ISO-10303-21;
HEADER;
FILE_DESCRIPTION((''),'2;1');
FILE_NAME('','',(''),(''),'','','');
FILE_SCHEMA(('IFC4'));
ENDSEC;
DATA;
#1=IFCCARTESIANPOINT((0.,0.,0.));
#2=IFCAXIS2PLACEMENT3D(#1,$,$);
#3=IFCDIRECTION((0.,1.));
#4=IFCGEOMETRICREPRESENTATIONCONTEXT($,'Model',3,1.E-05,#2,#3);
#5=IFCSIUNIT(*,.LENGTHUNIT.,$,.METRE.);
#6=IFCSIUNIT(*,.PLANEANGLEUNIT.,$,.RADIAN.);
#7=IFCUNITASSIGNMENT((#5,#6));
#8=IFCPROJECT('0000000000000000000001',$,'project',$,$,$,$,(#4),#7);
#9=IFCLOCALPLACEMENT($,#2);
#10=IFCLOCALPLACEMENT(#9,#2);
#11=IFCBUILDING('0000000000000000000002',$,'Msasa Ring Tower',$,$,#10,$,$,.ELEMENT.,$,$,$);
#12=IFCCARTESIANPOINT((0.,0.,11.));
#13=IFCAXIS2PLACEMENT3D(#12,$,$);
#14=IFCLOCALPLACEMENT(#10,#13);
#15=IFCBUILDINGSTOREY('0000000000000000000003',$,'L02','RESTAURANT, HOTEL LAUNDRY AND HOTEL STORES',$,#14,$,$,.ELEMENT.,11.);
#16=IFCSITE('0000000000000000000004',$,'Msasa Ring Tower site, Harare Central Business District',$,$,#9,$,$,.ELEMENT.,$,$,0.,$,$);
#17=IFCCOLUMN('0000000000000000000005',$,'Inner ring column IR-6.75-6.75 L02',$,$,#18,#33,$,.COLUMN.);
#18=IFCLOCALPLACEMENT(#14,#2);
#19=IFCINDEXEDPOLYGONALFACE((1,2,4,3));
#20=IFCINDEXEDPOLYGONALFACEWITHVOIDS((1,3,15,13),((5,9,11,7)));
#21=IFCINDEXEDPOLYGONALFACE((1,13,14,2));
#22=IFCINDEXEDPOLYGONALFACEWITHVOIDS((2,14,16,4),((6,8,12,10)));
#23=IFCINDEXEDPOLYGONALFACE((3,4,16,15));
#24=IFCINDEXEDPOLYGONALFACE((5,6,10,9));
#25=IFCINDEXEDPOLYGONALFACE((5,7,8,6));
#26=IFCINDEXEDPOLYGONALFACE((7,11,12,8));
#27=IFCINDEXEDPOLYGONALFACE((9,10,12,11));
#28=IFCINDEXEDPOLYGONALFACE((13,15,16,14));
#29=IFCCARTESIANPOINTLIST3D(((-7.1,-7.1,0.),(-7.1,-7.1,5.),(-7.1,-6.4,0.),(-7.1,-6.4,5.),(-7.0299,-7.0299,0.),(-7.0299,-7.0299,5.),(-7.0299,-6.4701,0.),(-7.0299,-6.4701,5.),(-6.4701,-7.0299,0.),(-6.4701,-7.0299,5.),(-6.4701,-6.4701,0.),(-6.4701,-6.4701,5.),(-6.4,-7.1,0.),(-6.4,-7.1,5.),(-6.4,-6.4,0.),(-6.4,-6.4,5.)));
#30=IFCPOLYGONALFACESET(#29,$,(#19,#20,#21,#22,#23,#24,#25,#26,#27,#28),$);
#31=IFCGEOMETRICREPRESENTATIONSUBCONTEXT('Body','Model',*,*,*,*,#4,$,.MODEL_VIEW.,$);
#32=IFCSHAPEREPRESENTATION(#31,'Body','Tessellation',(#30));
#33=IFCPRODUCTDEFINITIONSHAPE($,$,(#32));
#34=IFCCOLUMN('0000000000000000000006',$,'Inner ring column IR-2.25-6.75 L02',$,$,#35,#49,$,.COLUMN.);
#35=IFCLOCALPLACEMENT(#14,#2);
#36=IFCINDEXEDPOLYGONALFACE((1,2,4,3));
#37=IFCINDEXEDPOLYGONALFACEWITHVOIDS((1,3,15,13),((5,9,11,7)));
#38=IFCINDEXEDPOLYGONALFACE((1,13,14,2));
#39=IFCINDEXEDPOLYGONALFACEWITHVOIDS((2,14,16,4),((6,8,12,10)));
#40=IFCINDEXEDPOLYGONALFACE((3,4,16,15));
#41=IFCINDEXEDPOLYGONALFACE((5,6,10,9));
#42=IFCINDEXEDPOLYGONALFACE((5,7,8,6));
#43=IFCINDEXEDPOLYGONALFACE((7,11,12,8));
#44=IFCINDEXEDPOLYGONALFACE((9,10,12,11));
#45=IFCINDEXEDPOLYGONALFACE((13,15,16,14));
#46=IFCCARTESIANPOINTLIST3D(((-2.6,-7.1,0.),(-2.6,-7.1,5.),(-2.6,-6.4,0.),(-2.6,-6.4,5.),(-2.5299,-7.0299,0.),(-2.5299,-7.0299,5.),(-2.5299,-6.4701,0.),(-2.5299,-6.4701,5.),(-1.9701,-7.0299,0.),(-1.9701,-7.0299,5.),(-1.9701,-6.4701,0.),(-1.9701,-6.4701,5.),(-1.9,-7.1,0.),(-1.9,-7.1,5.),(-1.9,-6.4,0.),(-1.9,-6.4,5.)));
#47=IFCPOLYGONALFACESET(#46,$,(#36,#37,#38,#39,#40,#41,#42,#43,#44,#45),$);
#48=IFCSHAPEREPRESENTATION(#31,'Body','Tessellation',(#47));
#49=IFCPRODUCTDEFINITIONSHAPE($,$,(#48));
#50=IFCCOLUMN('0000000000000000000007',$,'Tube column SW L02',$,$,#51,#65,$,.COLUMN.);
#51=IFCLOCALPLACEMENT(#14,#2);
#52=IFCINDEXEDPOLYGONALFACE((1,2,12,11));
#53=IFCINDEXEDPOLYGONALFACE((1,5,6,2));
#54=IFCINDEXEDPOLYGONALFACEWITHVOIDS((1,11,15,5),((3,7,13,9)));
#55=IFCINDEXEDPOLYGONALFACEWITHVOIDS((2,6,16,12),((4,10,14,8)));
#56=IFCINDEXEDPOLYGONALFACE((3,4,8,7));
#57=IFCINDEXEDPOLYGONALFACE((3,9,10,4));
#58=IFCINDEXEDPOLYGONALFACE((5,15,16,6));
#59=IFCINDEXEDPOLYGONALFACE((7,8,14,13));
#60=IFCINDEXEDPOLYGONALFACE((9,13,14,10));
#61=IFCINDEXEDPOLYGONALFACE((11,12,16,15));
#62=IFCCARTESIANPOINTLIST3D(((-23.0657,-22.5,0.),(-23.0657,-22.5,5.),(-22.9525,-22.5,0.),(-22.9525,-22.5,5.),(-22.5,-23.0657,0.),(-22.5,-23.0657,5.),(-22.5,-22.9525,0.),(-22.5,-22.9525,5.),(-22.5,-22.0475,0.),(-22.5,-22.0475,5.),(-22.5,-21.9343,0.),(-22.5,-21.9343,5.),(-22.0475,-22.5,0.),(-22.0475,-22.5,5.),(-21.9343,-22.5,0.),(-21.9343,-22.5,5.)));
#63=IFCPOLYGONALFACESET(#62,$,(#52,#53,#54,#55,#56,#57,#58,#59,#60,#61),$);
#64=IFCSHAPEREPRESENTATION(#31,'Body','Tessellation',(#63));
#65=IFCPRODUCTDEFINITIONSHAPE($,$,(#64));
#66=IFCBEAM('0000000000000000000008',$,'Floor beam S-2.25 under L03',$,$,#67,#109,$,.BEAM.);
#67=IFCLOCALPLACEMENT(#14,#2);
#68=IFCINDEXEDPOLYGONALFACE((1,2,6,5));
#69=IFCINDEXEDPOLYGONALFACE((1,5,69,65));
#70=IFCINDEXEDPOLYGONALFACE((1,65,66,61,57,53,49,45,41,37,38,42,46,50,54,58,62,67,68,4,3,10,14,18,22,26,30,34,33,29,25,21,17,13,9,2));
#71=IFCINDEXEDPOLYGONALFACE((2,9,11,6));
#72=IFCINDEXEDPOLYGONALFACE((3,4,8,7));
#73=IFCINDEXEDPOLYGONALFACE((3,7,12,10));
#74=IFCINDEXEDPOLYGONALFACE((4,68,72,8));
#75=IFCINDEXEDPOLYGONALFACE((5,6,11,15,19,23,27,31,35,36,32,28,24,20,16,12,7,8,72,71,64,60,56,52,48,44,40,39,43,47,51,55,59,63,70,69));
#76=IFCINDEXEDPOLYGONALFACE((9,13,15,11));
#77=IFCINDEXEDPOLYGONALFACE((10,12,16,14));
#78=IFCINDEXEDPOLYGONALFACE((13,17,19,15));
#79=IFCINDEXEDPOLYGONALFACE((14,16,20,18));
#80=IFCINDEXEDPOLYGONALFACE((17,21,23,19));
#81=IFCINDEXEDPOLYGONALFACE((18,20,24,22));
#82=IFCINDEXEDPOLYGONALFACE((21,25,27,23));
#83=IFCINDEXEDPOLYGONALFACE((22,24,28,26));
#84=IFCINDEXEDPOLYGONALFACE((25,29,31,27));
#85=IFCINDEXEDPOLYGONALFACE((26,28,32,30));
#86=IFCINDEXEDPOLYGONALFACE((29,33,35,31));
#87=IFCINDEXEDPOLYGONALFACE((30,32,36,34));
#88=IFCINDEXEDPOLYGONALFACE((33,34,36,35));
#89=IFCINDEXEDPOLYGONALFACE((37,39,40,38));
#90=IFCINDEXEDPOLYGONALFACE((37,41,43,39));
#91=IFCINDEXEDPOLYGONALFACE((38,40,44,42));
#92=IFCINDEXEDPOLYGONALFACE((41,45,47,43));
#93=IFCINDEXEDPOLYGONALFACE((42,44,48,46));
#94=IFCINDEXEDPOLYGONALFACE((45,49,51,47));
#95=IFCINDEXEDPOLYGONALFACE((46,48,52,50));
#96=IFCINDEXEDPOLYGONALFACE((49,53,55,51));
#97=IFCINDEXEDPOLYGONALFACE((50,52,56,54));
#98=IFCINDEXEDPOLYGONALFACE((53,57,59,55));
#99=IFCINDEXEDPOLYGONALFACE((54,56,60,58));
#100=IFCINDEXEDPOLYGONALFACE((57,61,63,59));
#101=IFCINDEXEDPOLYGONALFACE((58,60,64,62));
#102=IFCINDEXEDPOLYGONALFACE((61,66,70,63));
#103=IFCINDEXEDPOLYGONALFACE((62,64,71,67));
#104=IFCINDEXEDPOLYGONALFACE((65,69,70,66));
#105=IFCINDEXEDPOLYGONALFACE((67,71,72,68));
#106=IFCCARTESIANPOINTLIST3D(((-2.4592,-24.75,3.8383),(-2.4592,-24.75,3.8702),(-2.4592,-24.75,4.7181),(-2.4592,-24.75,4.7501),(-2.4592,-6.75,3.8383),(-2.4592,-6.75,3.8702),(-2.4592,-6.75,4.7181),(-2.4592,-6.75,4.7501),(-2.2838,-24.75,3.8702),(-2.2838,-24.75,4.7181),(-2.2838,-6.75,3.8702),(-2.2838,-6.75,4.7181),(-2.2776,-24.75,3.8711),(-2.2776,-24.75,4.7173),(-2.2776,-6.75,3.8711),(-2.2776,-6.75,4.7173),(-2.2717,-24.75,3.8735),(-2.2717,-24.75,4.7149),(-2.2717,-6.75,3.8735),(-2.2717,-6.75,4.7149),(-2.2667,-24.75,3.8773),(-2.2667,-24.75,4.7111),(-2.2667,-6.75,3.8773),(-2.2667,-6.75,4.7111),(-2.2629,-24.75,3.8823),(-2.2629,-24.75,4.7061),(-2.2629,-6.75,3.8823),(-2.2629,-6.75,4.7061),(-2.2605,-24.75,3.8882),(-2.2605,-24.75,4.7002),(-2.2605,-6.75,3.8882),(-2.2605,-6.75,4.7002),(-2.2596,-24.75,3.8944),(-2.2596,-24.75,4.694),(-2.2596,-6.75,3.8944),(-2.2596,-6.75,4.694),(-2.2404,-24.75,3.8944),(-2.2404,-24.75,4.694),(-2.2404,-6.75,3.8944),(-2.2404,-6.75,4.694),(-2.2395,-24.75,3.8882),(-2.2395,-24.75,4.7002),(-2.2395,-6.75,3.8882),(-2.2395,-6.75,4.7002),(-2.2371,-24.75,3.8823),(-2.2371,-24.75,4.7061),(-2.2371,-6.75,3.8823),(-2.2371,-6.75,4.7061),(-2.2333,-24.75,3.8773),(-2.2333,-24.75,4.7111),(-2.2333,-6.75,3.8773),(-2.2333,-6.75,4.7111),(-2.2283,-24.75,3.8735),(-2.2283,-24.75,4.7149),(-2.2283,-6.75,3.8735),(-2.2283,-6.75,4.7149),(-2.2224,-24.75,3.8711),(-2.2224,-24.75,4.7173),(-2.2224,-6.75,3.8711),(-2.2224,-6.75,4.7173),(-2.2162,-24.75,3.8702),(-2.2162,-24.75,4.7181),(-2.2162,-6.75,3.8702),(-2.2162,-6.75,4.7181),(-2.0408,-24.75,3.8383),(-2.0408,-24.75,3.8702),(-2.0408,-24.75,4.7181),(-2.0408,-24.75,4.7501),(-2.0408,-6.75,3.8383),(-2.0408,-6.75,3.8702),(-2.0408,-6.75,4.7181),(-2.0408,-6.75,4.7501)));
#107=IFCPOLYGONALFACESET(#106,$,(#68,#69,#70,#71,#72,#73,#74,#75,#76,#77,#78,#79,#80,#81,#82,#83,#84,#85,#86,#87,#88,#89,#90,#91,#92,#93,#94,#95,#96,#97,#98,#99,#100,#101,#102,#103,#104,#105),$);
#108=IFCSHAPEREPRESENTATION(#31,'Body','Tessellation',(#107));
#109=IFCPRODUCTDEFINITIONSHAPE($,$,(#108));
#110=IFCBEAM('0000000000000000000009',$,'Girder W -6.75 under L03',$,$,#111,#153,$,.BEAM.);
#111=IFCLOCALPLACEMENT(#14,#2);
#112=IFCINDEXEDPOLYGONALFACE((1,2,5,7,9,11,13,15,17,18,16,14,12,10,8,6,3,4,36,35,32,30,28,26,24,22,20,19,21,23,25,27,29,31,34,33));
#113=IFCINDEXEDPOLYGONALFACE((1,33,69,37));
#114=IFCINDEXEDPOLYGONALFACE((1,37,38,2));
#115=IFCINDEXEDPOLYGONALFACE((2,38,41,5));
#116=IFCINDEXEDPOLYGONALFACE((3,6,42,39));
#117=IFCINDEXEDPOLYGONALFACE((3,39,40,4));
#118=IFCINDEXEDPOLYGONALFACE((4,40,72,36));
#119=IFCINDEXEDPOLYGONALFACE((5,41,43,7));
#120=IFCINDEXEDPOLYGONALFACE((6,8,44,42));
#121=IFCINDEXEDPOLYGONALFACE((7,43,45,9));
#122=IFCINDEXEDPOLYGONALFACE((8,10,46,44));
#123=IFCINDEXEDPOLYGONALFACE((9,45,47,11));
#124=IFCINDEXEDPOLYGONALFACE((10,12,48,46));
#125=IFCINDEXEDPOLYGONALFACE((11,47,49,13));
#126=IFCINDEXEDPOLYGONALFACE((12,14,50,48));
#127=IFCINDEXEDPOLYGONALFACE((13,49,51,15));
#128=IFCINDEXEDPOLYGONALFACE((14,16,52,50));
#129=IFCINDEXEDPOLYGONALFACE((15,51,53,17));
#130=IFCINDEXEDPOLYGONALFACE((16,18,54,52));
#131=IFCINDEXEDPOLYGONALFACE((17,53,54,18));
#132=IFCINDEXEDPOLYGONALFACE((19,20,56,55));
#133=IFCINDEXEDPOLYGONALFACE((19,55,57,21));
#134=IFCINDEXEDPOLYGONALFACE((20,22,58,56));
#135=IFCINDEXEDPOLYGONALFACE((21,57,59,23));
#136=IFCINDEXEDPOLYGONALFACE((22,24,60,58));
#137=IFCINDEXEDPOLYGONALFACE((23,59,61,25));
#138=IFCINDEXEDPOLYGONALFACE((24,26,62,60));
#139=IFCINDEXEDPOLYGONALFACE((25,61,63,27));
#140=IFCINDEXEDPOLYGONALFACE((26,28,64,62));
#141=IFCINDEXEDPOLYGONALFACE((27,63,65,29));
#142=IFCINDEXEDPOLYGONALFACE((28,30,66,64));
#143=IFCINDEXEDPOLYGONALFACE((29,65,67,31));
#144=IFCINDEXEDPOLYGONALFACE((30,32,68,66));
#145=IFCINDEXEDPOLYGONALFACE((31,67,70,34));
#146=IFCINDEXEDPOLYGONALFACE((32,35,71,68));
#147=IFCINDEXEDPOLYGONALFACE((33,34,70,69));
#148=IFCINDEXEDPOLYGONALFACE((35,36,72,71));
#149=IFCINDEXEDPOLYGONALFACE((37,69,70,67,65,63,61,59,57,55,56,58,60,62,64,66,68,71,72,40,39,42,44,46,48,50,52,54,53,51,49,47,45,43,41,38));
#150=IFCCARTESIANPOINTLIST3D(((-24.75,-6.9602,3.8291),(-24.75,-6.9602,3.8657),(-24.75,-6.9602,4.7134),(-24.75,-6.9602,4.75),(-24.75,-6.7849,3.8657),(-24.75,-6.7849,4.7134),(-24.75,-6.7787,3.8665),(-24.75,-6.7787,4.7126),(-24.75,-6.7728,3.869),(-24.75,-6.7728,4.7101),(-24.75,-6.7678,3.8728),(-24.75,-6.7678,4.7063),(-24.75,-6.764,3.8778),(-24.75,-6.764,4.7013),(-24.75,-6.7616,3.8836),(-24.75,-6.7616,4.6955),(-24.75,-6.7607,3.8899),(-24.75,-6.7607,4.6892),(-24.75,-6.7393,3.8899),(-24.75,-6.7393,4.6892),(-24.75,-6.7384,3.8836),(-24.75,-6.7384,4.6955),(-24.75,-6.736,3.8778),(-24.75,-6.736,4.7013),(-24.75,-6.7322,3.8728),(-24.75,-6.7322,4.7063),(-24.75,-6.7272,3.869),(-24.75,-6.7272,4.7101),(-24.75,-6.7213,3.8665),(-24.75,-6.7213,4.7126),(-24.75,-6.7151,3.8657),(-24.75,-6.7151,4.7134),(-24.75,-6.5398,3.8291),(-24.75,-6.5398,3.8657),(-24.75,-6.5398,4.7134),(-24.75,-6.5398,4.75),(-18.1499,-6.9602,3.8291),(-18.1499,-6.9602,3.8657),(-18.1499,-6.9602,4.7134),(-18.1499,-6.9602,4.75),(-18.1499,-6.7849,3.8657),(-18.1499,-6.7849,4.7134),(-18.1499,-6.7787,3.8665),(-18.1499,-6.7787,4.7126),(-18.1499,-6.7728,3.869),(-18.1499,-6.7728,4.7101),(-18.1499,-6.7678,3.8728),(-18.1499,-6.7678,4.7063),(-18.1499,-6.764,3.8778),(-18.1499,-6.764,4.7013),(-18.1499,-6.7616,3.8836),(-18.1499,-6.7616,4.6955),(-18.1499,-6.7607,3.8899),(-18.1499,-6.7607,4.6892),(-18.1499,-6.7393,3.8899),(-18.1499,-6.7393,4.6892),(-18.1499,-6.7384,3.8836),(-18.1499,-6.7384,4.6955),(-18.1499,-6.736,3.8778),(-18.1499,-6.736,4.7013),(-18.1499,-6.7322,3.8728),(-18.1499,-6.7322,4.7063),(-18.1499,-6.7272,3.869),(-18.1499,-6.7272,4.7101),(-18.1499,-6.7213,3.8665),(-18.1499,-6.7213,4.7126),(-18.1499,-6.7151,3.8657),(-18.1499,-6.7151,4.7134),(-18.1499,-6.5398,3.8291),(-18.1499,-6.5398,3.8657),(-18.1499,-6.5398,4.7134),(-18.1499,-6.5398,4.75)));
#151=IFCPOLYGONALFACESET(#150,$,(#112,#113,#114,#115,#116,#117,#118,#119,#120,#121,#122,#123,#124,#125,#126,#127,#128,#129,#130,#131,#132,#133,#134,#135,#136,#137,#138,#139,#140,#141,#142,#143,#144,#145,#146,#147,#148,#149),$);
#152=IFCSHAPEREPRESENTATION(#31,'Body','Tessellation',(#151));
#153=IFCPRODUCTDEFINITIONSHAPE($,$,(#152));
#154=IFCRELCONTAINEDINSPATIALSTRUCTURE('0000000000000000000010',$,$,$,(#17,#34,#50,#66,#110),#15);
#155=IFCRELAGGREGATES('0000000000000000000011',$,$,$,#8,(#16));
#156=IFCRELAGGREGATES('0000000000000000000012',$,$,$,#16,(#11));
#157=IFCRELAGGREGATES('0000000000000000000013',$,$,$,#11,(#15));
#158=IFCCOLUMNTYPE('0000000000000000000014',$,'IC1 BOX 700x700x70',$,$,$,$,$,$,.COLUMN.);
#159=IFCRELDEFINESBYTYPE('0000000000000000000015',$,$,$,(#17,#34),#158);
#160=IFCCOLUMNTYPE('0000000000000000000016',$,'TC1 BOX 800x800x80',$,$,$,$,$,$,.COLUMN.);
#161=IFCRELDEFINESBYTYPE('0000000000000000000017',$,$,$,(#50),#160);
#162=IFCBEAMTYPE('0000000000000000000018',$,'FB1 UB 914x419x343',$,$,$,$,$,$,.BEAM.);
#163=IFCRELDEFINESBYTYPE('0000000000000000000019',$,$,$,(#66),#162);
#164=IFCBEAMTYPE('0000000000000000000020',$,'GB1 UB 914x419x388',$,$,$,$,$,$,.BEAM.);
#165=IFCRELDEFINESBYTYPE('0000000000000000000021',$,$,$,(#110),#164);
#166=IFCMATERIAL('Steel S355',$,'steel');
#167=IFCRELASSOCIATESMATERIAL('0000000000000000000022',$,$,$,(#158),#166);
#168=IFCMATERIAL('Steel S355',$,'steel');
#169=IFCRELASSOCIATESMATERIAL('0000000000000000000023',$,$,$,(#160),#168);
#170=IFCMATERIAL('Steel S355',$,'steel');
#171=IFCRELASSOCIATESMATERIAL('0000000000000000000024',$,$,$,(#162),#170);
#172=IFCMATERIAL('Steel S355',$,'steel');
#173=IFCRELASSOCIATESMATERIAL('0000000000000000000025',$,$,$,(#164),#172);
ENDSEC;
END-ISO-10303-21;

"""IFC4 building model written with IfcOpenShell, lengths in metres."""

from ifc_helpers import new_model, si_unit, direction, frame, origin, origin_2d, place, context, subcontext, project, spatial, hollow_rectangle, i_section, extrude, material, material_profile, profile_set, type_object, element, save


model = new_model("IFC4")

# Units and contexts
model_context = context("Model", 3, precision=1e-05, world=origin(), true_north=direction((0.0, 1.0)))
body_context = subcontext(model_context, "Body", "Model", "MODEL_VIEW")
ifc_project = project(units=[si_unit("LENGTHUNIT", "METRE"), si_unit("PLANEANGLEUNIT", "RADIAN")], contexts=[model_context])

# Site, building, storey
site_placement = place(None, origin())
site = spatial("IfcSite", under=ifc_project, at=site_placement, Name="Msasa Ring Tower site, Harare Central Business District", CompositionType="ELEMENT", RefElevation=0.0)
building_placement = place(site_placement, origin())
building = spatial("IfcBuilding", under=site, at=building_placement, Name="Msasa Ring Tower", CompositionType="ELEMENT")
storey_placement = place(building_placement, frame((0.0, 0.0, 11.0)))
storey = spatial("IfcBuildingStorey", under=building, at=storey_placement, Name="L02", Description="RESTAURANT, HOTEL LAUNDRY AND HOTEL STORES", CompositionType="ELEMENT", Elevation=11.0)

# Columns
ifc_material_1 = material(Name="Steel S355", Category="steel")
ifc_material_profile_1 = material_profile(ifc_material_1, hollow_rectangle(XDim=0.7, YDim=0.7, WallThickness=0.0701, at=origin_2d()), Name="BOX 700x700x70")
ifc_profile_set_1 = profile_set([ifc_material_profile_1], Name="Steel S355")
column_type_1 = type_object("IfcColumnType", Name="IC1 BOX 700x700x70", PredefinedType="COLUMN", material=ifc_profile_set_1)
for number, where, z_axis, x_axis, name in (
    (1, (-6.75, -6.75, 0.0), (0.0, 0.0, 1.0), (1.0, 0.0, 0.0), "Inner ring column IR-6.75-6.75 L02"),
    (2, (-2.25, -6.75, 0.0), (0.0, 0.0, 1.0), (1.0, 0.0, 0.0), "Inner ring column IR-2.25-6.75 L02"),
):
    element("IfcColumn", number, at=place(storey_placement, frame(where, z_axis=z_axis, x_axis=x_axis)), inside=storey, type_object=column_type_1, Name=name, PredefinedType="COLUMN", context=body_context, shape_type="SweptSolid", body=[
        extrude(hollow_rectangle(XDim=0.7, YDim=0.7, WallThickness=0.0701, at=origin_2d()), origin(), (0.0, 0.0, 1.0), 5.0),
    ])
ifc_material_2 = material(Name="Steel S355", Category="steel")
ifc_material_profile_2 = material_profile(ifc_material_2, hollow_rectangle(XDim=0.8, YDim=0.8, WallThickness=0.0801, at=origin_2d()), Name="BOX 800x800x80")
ifc_profile_set_2 = profile_set([ifc_material_profile_2], Name="Steel S355")
column_type_2 = type_object("IfcColumnType", Name="TC1 BOX 800x800x80", PredefinedType="COLUMN", material=ifc_profile_set_2)
column_placement = place(storey_placement, frame((-22.5, -22.5, 0.0), z_axis=(0.0, 0.0, 1.0), x_axis=(0.707107, 0.707107, 0.0)))
element("IfcColumn", 3, at=column_placement, inside=storey, type_object=column_type_2, Name="Tube column SW L02", PredefinedType="COLUMN", context=body_context, shape_type="SweptSolid", body=[
    extrude(hollow_rectangle(XDim=0.8, YDim=0.8, WallThickness=0.0801, at=origin_2d()), origin(), (0.0, 0.0, 1.0), 5.0),
])

# Beams
ifc_material_3 = material(Name="Steel S355", Category="steel")
ifc_material_profile_3 = material_profile(ifc_material_3, i_section(OverallWidth=0.4185, OverallDepth=0.9119, WebThickness=0.0193, FlangeThickness=0.032, FilletRadius=0.0242, at=origin_2d()), Name="UB 914x419x343")
ifc_profile_set_3 = profile_set([ifc_material_profile_3], Name="Steel S355")
beam_type_1 = type_object("IfcBeamType", Name="FB1 UB 914x419x343", PredefinedType="BEAM", material=ifc_profile_set_3)
beam_1_placement = place(storey_placement, frame((-2.25, -24.75, 4.2942), z_axis=(0.0, 1.0, 0.0), x_axis=(-1.0, 0.0, 0.0)))
element("IfcBeam", 4, at=beam_1_placement, inside=storey, type_object=beam_type_1, Name="Floor beam S-2.25 under L03", PredefinedType="BEAM", context=body_context, shape_type="SweptSolid", body=[
    extrude(i_section(OverallWidth=0.4185, OverallDepth=0.9119, WebThickness=0.0193, FlangeThickness=0.032, FilletRadius=0.0242, at=origin_2d()), origin(), (0.0, 0.0, 1.0), 18.0),
])
ifc_material_4 = material(Name="Steel S355", Category="steel")
ifc_material_profile_4 = material_profile(ifc_material_4, i_section(OverallWidth=0.4204, OverallDepth=0.9209, WebThickness=0.0215, FlangeThickness=0.0366, FilletRadius=0.0242, at=origin_2d()), Name="UB 914x419x388")
ifc_profile_set_4 = profile_set([ifc_material_profile_4], Name="Steel S355")
beam_type_2 = type_object("IfcBeamType", Name="GB1 UB 914x419x388", PredefinedType="BEAM", material=ifc_profile_set_4)
beam_2_placement = place(storey_placement, frame((-18.1499, -6.75, 4.2896), z_axis=(-1.0, 0.0, 0.0), x_axis=(0.0, -1.0, 0.0)))
element("IfcBeam", 5, at=beam_2_placement, inside=storey, type_object=beam_type_2, Name="Girder W -6.75 under L03", PredefinedType="BEAM", context=body_context, shape_type="SweptSolid", body=[
    extrude(i_section(OverallWidth=0.4204, OverallDepth=0.9209, WebThickness=0.0215, FlangeThickness=0.0366, FilletRadius=0.0242, at=origin_2d()), origin(), (0.0, 0.0, 1.0), 6.6001),
])

save(model, "model.ifc")
